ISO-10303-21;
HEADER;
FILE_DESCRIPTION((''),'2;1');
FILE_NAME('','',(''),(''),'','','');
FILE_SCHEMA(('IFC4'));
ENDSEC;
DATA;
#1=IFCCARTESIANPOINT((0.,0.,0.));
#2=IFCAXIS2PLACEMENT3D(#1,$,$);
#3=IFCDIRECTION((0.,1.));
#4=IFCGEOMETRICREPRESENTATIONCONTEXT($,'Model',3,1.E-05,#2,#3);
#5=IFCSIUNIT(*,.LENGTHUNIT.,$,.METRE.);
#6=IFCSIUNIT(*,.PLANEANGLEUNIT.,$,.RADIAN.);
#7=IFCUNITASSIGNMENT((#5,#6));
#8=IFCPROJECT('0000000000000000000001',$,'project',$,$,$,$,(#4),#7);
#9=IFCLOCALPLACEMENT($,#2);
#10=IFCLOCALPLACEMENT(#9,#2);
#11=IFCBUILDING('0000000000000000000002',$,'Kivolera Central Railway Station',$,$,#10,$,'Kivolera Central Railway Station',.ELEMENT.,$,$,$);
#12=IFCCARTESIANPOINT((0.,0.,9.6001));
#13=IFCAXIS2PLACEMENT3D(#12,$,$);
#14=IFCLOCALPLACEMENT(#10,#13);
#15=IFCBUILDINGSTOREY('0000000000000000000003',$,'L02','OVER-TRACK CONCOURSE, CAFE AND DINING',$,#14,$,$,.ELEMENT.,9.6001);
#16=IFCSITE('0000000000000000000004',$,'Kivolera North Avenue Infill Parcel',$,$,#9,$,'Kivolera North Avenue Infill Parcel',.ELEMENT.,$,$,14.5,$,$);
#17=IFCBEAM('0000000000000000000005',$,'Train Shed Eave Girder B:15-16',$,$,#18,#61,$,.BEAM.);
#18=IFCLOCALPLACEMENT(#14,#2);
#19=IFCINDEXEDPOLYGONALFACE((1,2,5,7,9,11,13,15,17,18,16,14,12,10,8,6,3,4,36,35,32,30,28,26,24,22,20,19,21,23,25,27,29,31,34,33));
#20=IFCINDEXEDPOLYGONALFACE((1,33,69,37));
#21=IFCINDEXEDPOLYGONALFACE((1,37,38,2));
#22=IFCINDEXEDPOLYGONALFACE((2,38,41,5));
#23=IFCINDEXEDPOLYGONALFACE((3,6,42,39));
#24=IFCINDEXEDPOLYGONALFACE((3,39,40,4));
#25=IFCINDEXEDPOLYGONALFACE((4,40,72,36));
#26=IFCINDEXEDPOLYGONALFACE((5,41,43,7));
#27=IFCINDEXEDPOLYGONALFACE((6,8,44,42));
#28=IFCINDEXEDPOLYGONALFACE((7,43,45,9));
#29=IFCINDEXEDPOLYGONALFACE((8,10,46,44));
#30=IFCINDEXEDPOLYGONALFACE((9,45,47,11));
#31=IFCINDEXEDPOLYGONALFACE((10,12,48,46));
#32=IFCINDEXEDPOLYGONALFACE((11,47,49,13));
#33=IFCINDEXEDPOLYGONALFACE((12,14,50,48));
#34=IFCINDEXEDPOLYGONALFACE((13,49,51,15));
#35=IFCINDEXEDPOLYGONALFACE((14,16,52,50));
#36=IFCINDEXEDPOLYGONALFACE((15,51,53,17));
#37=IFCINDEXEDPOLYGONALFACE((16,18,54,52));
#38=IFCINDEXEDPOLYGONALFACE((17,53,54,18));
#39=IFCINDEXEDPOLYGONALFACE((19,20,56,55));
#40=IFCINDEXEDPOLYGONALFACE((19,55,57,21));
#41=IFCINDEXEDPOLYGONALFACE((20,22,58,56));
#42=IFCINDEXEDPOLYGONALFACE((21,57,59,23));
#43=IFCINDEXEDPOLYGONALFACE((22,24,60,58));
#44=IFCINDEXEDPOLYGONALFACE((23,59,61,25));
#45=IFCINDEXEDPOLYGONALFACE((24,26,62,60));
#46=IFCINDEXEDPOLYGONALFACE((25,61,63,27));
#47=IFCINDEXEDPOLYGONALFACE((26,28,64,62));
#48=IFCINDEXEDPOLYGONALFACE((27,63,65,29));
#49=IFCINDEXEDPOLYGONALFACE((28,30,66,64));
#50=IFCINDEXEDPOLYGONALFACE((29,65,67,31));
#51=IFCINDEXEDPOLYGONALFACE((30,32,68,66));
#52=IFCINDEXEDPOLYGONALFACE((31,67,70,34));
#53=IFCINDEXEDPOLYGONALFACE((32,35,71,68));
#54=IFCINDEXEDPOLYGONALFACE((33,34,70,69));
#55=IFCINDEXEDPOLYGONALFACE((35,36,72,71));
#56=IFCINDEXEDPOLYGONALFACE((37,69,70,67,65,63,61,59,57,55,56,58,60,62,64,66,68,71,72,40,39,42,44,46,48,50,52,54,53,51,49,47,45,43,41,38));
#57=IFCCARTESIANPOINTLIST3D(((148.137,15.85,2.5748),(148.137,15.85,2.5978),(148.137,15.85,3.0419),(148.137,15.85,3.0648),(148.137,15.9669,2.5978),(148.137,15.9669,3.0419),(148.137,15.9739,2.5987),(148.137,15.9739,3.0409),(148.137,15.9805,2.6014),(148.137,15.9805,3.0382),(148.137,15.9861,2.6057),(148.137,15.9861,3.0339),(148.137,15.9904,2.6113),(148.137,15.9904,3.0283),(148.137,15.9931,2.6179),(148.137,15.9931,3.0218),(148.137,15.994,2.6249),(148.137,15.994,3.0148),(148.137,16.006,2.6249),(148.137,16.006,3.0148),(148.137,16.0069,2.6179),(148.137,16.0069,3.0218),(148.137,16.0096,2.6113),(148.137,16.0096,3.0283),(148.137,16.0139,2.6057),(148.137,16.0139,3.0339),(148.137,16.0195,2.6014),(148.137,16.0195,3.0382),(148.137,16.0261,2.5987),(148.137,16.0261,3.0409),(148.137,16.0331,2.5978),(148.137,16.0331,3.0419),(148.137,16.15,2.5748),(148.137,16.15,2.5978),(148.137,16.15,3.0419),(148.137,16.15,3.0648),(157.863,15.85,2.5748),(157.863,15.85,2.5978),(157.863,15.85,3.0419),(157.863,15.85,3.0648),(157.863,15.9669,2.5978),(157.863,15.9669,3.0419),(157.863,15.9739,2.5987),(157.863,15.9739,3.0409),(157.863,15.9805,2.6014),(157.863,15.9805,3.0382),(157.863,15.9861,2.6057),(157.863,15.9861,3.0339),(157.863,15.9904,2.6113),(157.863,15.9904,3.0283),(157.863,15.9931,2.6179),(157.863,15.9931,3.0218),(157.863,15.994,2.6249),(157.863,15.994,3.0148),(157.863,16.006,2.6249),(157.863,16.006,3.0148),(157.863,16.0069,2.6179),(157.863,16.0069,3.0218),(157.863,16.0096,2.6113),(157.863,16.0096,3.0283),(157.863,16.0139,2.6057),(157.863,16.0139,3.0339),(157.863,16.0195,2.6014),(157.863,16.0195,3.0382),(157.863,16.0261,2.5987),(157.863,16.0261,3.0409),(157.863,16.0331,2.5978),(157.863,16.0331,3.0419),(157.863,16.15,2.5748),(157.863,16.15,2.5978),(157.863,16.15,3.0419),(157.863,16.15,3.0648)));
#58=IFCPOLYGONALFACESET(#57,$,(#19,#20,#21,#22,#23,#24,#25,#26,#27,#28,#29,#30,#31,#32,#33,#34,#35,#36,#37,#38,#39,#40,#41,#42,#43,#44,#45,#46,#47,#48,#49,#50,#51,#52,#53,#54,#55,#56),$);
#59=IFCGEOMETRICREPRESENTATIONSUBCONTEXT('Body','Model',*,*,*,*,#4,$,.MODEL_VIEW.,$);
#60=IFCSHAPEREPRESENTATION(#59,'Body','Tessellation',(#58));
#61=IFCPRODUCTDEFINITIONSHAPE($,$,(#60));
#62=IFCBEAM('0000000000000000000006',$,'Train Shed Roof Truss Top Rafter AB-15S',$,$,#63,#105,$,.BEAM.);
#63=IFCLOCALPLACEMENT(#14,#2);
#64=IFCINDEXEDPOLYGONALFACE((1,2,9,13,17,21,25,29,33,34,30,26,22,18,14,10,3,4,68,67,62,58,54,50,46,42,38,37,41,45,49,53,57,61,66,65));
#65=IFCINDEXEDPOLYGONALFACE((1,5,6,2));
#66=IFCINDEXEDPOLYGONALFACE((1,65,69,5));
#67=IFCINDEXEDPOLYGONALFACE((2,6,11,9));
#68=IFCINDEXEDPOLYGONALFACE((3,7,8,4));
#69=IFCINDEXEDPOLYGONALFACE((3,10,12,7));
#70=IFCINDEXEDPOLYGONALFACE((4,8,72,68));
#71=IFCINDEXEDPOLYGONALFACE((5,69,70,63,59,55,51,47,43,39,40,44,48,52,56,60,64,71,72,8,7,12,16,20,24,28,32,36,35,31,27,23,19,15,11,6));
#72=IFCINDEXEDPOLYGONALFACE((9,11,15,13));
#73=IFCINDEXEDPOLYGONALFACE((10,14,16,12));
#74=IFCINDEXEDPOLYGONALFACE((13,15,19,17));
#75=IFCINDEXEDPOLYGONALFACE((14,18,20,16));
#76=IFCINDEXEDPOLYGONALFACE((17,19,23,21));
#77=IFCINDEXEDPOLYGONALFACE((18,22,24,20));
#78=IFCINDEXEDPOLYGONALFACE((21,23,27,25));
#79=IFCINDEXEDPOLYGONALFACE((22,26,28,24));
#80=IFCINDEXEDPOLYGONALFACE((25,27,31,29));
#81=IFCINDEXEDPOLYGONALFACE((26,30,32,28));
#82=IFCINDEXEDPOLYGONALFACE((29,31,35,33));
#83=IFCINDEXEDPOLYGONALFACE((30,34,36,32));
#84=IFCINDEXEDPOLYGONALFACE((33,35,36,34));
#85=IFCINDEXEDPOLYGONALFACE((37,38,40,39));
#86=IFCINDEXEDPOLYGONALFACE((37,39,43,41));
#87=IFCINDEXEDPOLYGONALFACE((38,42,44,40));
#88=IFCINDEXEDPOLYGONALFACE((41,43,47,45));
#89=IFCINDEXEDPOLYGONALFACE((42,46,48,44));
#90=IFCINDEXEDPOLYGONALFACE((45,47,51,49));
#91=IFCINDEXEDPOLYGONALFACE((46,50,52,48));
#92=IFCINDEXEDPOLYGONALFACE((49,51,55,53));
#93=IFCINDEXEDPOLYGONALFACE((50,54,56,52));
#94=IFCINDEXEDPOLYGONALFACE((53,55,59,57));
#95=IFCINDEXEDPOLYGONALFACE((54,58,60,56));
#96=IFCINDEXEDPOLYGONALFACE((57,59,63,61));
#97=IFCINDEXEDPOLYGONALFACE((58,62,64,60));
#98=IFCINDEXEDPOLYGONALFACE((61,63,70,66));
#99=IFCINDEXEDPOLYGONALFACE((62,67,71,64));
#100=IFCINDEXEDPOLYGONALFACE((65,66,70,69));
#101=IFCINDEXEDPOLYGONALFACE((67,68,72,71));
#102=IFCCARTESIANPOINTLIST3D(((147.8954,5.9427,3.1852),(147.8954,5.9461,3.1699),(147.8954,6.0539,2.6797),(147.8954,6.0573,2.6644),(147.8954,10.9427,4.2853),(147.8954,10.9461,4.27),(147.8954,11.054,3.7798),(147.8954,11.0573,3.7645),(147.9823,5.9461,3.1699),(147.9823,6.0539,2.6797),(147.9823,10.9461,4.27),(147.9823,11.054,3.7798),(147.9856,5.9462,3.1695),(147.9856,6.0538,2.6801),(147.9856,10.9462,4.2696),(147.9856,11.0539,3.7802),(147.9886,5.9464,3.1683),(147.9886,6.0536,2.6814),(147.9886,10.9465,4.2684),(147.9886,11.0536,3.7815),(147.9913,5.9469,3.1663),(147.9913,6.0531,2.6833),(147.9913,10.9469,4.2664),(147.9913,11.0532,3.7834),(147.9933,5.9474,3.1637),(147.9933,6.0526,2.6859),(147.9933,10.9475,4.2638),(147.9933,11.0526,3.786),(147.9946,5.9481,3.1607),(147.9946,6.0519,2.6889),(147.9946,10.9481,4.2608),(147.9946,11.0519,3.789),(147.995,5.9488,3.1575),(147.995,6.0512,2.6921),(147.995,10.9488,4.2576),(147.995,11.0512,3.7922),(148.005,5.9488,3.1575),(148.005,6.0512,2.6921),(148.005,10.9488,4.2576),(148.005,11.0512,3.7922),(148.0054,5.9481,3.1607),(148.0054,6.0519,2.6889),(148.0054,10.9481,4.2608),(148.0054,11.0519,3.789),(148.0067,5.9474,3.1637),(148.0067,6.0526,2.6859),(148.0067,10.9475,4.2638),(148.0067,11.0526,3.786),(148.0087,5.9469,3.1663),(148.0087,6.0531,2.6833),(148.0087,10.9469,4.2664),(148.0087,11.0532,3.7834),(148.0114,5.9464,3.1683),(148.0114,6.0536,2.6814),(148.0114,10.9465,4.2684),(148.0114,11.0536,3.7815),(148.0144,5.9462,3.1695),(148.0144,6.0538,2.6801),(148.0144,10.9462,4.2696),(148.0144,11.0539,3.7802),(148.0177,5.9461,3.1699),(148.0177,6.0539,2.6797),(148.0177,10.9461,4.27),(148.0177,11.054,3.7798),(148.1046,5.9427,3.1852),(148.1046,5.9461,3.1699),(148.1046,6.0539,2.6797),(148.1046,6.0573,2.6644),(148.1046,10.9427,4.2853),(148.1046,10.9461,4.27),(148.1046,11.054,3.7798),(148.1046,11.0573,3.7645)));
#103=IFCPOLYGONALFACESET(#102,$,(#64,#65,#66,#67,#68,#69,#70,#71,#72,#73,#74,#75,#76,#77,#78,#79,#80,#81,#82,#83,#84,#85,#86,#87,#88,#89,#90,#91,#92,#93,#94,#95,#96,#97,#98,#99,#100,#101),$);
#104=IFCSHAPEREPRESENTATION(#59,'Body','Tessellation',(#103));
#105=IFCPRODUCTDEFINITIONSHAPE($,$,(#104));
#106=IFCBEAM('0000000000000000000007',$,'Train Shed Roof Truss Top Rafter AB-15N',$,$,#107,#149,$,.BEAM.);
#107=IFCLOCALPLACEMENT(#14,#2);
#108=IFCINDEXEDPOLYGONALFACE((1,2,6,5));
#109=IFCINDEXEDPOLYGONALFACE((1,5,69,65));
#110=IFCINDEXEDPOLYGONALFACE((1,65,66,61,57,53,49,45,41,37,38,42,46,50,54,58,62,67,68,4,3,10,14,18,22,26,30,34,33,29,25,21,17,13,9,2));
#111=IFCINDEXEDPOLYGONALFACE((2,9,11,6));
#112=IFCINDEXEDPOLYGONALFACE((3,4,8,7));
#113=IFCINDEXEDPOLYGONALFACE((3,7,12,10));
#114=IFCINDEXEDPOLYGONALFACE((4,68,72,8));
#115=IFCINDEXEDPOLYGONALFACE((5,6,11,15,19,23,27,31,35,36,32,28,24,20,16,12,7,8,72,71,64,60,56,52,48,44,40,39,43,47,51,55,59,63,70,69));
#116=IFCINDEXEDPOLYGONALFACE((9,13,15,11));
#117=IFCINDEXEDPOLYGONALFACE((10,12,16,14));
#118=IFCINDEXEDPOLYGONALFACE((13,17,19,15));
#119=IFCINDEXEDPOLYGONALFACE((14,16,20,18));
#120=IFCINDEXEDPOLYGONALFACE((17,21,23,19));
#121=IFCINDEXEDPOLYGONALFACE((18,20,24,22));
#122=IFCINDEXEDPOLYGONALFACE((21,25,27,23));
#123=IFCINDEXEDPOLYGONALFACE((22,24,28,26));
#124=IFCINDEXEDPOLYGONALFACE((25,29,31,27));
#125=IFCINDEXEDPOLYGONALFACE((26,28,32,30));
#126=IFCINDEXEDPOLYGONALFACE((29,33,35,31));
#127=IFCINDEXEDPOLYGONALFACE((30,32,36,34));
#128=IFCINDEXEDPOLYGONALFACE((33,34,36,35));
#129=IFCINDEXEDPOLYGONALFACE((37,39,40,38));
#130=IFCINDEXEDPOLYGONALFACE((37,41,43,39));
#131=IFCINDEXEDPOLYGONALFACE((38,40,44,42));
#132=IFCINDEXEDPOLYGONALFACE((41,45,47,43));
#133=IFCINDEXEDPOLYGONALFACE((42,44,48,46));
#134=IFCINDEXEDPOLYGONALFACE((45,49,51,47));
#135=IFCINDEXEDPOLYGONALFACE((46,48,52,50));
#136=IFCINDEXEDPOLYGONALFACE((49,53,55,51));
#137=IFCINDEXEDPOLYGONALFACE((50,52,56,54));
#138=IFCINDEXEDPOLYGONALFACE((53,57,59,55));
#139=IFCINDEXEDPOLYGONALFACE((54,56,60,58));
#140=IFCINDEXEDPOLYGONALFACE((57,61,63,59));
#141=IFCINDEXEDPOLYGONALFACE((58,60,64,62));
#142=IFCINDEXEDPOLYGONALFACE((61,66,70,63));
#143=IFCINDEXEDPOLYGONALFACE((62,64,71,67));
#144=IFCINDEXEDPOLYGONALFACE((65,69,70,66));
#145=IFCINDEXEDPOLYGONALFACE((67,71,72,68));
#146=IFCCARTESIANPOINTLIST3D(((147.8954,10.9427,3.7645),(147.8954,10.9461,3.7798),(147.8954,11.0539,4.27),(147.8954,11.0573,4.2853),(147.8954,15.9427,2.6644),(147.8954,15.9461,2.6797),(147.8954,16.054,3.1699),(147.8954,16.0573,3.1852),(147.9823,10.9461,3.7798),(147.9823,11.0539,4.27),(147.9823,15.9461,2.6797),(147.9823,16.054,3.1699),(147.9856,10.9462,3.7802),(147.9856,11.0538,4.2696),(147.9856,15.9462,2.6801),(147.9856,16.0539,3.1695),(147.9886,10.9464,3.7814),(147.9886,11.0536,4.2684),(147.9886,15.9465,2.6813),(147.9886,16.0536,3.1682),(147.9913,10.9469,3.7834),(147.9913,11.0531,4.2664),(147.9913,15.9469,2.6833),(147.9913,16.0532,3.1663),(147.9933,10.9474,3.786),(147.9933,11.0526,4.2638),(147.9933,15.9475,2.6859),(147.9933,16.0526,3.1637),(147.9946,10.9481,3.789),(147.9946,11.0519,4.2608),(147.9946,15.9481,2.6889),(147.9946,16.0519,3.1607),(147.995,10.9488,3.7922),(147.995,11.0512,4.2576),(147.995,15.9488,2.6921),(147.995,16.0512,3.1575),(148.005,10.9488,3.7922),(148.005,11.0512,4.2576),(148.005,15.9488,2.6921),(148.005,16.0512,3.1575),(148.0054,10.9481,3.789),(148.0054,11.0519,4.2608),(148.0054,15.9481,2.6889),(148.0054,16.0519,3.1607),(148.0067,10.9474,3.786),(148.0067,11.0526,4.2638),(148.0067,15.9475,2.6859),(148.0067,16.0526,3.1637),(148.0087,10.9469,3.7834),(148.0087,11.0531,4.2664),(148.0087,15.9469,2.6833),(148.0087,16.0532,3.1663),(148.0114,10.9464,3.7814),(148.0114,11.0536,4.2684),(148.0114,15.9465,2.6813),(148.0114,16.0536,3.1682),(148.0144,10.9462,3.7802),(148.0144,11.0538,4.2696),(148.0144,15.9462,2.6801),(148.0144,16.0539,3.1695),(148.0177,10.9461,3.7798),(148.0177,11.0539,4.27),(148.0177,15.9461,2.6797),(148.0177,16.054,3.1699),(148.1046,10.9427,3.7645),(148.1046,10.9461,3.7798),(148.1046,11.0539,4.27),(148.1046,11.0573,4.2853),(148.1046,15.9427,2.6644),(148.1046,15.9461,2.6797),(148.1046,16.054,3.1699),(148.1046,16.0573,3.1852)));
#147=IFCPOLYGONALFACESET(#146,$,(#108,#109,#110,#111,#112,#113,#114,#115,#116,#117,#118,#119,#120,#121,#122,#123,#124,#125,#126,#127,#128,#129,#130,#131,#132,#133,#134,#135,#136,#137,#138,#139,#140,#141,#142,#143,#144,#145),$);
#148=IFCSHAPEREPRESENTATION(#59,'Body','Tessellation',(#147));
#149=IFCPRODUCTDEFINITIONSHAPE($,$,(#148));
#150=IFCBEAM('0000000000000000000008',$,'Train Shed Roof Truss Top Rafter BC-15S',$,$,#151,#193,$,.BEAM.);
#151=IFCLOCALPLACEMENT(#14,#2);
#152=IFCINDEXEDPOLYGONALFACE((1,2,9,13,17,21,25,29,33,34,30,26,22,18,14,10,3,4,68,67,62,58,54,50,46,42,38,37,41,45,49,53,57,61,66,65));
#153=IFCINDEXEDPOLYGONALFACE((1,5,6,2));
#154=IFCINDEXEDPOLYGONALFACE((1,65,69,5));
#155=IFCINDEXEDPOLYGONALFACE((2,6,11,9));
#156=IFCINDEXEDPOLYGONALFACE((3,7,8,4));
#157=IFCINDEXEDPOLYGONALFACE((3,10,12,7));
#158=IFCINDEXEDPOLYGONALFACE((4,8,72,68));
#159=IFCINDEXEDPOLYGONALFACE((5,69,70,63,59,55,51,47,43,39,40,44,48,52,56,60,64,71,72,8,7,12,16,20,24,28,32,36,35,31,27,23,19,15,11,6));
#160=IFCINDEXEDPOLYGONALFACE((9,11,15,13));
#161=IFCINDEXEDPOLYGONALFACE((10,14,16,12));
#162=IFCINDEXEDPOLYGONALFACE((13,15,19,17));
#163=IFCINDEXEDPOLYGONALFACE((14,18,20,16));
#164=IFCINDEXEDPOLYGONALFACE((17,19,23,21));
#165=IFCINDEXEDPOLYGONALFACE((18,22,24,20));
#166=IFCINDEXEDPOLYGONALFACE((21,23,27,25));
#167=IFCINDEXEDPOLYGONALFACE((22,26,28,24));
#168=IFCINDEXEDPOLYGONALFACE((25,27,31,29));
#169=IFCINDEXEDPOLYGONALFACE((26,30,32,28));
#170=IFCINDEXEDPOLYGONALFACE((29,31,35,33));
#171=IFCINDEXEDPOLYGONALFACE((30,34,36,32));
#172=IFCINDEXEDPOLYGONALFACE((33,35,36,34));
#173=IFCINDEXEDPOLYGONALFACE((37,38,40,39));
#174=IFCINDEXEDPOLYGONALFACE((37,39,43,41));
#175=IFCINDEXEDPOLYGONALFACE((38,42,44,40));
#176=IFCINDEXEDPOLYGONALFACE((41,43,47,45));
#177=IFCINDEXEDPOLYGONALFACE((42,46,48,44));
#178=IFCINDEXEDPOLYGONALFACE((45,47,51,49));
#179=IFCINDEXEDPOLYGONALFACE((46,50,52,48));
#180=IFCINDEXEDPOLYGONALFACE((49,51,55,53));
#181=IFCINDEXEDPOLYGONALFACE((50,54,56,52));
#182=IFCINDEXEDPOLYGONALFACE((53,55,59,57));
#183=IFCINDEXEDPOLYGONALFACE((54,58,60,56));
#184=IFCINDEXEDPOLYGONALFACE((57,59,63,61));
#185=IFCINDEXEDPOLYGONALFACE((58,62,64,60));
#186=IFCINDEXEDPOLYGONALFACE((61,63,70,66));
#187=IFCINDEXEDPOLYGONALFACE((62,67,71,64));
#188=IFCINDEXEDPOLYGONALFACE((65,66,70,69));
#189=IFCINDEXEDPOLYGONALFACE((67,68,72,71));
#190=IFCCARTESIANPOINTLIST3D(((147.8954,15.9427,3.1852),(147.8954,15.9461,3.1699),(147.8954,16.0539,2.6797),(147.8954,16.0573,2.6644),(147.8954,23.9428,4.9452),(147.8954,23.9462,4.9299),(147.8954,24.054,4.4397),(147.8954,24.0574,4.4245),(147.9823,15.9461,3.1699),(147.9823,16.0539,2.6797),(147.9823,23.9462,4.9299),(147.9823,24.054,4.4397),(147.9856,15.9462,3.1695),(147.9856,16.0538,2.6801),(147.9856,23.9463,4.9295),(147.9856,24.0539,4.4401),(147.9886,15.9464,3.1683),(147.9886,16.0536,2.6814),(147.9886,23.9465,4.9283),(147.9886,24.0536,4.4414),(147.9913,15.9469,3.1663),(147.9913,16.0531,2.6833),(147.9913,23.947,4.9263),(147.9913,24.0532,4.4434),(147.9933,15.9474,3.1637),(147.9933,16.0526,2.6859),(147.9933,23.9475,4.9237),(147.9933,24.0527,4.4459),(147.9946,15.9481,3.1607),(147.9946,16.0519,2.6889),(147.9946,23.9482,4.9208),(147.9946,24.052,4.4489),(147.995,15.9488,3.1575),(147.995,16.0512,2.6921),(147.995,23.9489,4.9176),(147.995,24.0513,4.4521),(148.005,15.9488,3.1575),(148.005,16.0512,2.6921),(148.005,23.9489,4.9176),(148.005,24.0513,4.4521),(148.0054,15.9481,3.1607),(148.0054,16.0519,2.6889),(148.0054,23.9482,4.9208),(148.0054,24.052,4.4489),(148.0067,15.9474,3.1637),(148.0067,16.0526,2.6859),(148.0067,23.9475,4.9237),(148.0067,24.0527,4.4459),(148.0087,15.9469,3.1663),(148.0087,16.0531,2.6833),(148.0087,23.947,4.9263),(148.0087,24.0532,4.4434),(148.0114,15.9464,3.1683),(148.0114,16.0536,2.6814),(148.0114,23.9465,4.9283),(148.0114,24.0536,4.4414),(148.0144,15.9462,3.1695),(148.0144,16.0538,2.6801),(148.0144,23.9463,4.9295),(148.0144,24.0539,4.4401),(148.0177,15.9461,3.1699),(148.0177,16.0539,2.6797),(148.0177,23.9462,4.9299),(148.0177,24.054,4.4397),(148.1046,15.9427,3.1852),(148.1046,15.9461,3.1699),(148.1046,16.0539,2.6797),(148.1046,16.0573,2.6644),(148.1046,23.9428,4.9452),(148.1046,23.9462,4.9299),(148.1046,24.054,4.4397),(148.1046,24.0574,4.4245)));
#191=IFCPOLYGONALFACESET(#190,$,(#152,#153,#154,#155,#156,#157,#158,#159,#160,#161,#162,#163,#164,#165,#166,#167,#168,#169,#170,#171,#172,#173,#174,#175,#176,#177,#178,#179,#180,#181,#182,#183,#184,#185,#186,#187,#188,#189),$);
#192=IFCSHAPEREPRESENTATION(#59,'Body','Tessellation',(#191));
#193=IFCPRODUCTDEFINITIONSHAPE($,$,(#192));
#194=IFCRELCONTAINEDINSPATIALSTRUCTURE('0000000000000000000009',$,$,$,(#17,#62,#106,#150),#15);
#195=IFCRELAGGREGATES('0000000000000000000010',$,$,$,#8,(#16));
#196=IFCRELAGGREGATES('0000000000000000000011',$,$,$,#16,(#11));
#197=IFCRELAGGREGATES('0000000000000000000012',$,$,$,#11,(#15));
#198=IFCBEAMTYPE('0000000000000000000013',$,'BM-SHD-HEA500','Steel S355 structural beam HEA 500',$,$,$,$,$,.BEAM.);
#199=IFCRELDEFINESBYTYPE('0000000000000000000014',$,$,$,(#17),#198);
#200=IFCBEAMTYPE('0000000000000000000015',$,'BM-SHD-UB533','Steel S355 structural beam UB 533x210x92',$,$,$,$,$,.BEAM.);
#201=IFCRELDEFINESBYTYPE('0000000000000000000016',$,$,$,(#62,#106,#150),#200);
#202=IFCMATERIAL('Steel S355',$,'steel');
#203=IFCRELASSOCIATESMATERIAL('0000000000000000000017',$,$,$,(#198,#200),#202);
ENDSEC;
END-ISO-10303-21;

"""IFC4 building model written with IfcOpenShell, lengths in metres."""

from ifc_helpers import new_model, si_unit, direction, frame, origin, origin_2d, place, context, subcontext, project, spatial, i_section, extrude, material, material_profile, profile_set, type_object, element, save


model = new_model("IFC4")

# Units and contexts
model_context = context("Model", 3, precision=1e-05, world=origin(), true_north=direction((0.0, 1.0)))
body_context = subcontext(model_context, "Body", "Model", "MODEL_VIEW")
ifc_project = project(units=[si_unit("LENGTHUNIT", "METRE"), si_unit("PLANEANGLEUNIT", "RADIAN")], contexts=[model_context])

# Site, building, storey
site_placement = place(None, origin())
site = spatial("IfcSite", under=ifc_project, at=site_placement, Name="Kivolera North Avenue Infill Parcel", LongName="Kivolera North Avenue Infill Parcel", CompositionType="ELEMENT", RefElevation=14.5)
building_placement = place(site_placement, origin())
building = spatial("IfcBuilding", under=site, at=building_placement, Name="Kivolera Central Railway Station", LongName="Kivolera Central Railway Station", CompositionType="ELEMENT")
storey_placement = place(building_placement, frame((0.0, 0.0, 9.6001)))
storey = spatial("IfcBuildingStorey", under=building, at=storey_placement, Name="L02", Description="OVER-TRACK CONCOURSE, CAFE AND DINING", CompositionType="ELEMENT", Elevation=9.6001)

# Shared definitions
ifc_material_1 = material(Name="Steel S355", Category="steel")

# Beams
ifc_material_profile_1 = material_profile(ifc_material_1, i_section(OverallWidth=0.3, OverallDepth=0.49, WebThickness=0.012, FlangeThickness=0.0229, FilletRadius=0.0271, at=origin_2d()), Name="HEA 500")
ifc_profile_set_1 = profile_set([ifc_material_profile_1], Name="Steel S355")
beam_type_1 = type_object("IfcBeamType", Name="BM-SHD-HEA500", Description="Steel S355 structural beam HEA 500", PredefinedType="BEAM", material=ifc_profile_set_1)
for number, where, z_axis, x_axis, name in (
    (1, (148.137, 16.0, 2.8198), (1.0, 0.0, 0.0), (0.0, 1.0, 0.0), "Train Shed Eave Girder B:15-16"),
):
    element("IfcBeam", number, at=place(storey_placement, frame(where, z_axis=z_axis, x_axis=x_axis)), inside=storey, type_object=beam_type_1, Name=name, PredefinedType="BEAM", context=body_context, shape_type="SweptSolid", body=[
        extrude(i_section(OverallWidth=0.3, OverallDepth=0.49, WebThickness=0.012, FlangeThickness=0.0229, FilletRadius=0.0271, at=origin_2d()), origin(), (0.0, 0.0, 1.0), 9.7261),
    ])
ifc_material_profile_2 = material_profile(ifc_material_1, i_section(OverallWidth=0.2092, OverallDepth=0.5332, WebThickness=0.01, FlangeThickness=0.0156, FilletRadius=0.0127, at=origin_2d()), Name="UB 533x210x92")
ifc_profile_set_2 = profile_set([ifc_material_profile_2], Name="Steel S355")
beam_type_2 = type_object("IfcBeamType", Name="BM-SHD-UB533", Description="Steel S355 structural beam UB 533x210x92", PredefinedType="BEAM", material=ifc_profile_set_2)
for number, where, z_axis, x_axis, name in (
    (2, (148.0, 6.0, 2.9248), (0.0, 0.97664, 0.21488), (-1.0, 0.0, 0.0), "Train Shed Roof Truss Top Rafter AB-15S"),
    (3, (148.0, 11.0, 4.0249), (0.0, 0.97664, -0.21488), (-1.0, 0.0, 0.0), "Train Shed Roof Truss Top Rafter AB-15N"),
):
    element("IfcBeam", number, at=place(storey_placement, frame(where, z_axis=z_axis, x_axis=x_axis)), inside=storey, type_object=beam_type_2, Name=name, PredefinedType="BEAM", context=body_context, shape_type="SweptSolid", body=[
        extrude(i_section(OverallWidth=0.2092, OverallDepth=0.5332, WebThickness=0.01, FlangeThickness=0.0156, FilletRadius=0.0127, at=origin_2d()), origin(), (0.0, 0.0, 1.0), 5.1196),
    ])
beam_1_placement = place(storey_placement, frame((148.0, 16.0, 2.9248), z_axis=(0.0, 0.976644, 0.214863), x_axis=(-1.0, 0.0, 0.0)))
element("IfcBeam", 4, at=beam_1_placement, inside=storey, type_object=beam_type_2, Name="Train Shed Roof Truss Top Rafter BC-15S", PredefinedType="BEAM", context=body_context, shape_type="SweptSolid", body=[
    extrude(i_section(OverallWidth=0.2092, OverallDepth=0.5332, WebThickness=0.01, FlangeThickness=0.0156, FilletRadius=0.0127, at=origin_2d()), origin(), (0.0, 0.0, 1.0), 8.1914),
])

save(model, "model.ifc")
